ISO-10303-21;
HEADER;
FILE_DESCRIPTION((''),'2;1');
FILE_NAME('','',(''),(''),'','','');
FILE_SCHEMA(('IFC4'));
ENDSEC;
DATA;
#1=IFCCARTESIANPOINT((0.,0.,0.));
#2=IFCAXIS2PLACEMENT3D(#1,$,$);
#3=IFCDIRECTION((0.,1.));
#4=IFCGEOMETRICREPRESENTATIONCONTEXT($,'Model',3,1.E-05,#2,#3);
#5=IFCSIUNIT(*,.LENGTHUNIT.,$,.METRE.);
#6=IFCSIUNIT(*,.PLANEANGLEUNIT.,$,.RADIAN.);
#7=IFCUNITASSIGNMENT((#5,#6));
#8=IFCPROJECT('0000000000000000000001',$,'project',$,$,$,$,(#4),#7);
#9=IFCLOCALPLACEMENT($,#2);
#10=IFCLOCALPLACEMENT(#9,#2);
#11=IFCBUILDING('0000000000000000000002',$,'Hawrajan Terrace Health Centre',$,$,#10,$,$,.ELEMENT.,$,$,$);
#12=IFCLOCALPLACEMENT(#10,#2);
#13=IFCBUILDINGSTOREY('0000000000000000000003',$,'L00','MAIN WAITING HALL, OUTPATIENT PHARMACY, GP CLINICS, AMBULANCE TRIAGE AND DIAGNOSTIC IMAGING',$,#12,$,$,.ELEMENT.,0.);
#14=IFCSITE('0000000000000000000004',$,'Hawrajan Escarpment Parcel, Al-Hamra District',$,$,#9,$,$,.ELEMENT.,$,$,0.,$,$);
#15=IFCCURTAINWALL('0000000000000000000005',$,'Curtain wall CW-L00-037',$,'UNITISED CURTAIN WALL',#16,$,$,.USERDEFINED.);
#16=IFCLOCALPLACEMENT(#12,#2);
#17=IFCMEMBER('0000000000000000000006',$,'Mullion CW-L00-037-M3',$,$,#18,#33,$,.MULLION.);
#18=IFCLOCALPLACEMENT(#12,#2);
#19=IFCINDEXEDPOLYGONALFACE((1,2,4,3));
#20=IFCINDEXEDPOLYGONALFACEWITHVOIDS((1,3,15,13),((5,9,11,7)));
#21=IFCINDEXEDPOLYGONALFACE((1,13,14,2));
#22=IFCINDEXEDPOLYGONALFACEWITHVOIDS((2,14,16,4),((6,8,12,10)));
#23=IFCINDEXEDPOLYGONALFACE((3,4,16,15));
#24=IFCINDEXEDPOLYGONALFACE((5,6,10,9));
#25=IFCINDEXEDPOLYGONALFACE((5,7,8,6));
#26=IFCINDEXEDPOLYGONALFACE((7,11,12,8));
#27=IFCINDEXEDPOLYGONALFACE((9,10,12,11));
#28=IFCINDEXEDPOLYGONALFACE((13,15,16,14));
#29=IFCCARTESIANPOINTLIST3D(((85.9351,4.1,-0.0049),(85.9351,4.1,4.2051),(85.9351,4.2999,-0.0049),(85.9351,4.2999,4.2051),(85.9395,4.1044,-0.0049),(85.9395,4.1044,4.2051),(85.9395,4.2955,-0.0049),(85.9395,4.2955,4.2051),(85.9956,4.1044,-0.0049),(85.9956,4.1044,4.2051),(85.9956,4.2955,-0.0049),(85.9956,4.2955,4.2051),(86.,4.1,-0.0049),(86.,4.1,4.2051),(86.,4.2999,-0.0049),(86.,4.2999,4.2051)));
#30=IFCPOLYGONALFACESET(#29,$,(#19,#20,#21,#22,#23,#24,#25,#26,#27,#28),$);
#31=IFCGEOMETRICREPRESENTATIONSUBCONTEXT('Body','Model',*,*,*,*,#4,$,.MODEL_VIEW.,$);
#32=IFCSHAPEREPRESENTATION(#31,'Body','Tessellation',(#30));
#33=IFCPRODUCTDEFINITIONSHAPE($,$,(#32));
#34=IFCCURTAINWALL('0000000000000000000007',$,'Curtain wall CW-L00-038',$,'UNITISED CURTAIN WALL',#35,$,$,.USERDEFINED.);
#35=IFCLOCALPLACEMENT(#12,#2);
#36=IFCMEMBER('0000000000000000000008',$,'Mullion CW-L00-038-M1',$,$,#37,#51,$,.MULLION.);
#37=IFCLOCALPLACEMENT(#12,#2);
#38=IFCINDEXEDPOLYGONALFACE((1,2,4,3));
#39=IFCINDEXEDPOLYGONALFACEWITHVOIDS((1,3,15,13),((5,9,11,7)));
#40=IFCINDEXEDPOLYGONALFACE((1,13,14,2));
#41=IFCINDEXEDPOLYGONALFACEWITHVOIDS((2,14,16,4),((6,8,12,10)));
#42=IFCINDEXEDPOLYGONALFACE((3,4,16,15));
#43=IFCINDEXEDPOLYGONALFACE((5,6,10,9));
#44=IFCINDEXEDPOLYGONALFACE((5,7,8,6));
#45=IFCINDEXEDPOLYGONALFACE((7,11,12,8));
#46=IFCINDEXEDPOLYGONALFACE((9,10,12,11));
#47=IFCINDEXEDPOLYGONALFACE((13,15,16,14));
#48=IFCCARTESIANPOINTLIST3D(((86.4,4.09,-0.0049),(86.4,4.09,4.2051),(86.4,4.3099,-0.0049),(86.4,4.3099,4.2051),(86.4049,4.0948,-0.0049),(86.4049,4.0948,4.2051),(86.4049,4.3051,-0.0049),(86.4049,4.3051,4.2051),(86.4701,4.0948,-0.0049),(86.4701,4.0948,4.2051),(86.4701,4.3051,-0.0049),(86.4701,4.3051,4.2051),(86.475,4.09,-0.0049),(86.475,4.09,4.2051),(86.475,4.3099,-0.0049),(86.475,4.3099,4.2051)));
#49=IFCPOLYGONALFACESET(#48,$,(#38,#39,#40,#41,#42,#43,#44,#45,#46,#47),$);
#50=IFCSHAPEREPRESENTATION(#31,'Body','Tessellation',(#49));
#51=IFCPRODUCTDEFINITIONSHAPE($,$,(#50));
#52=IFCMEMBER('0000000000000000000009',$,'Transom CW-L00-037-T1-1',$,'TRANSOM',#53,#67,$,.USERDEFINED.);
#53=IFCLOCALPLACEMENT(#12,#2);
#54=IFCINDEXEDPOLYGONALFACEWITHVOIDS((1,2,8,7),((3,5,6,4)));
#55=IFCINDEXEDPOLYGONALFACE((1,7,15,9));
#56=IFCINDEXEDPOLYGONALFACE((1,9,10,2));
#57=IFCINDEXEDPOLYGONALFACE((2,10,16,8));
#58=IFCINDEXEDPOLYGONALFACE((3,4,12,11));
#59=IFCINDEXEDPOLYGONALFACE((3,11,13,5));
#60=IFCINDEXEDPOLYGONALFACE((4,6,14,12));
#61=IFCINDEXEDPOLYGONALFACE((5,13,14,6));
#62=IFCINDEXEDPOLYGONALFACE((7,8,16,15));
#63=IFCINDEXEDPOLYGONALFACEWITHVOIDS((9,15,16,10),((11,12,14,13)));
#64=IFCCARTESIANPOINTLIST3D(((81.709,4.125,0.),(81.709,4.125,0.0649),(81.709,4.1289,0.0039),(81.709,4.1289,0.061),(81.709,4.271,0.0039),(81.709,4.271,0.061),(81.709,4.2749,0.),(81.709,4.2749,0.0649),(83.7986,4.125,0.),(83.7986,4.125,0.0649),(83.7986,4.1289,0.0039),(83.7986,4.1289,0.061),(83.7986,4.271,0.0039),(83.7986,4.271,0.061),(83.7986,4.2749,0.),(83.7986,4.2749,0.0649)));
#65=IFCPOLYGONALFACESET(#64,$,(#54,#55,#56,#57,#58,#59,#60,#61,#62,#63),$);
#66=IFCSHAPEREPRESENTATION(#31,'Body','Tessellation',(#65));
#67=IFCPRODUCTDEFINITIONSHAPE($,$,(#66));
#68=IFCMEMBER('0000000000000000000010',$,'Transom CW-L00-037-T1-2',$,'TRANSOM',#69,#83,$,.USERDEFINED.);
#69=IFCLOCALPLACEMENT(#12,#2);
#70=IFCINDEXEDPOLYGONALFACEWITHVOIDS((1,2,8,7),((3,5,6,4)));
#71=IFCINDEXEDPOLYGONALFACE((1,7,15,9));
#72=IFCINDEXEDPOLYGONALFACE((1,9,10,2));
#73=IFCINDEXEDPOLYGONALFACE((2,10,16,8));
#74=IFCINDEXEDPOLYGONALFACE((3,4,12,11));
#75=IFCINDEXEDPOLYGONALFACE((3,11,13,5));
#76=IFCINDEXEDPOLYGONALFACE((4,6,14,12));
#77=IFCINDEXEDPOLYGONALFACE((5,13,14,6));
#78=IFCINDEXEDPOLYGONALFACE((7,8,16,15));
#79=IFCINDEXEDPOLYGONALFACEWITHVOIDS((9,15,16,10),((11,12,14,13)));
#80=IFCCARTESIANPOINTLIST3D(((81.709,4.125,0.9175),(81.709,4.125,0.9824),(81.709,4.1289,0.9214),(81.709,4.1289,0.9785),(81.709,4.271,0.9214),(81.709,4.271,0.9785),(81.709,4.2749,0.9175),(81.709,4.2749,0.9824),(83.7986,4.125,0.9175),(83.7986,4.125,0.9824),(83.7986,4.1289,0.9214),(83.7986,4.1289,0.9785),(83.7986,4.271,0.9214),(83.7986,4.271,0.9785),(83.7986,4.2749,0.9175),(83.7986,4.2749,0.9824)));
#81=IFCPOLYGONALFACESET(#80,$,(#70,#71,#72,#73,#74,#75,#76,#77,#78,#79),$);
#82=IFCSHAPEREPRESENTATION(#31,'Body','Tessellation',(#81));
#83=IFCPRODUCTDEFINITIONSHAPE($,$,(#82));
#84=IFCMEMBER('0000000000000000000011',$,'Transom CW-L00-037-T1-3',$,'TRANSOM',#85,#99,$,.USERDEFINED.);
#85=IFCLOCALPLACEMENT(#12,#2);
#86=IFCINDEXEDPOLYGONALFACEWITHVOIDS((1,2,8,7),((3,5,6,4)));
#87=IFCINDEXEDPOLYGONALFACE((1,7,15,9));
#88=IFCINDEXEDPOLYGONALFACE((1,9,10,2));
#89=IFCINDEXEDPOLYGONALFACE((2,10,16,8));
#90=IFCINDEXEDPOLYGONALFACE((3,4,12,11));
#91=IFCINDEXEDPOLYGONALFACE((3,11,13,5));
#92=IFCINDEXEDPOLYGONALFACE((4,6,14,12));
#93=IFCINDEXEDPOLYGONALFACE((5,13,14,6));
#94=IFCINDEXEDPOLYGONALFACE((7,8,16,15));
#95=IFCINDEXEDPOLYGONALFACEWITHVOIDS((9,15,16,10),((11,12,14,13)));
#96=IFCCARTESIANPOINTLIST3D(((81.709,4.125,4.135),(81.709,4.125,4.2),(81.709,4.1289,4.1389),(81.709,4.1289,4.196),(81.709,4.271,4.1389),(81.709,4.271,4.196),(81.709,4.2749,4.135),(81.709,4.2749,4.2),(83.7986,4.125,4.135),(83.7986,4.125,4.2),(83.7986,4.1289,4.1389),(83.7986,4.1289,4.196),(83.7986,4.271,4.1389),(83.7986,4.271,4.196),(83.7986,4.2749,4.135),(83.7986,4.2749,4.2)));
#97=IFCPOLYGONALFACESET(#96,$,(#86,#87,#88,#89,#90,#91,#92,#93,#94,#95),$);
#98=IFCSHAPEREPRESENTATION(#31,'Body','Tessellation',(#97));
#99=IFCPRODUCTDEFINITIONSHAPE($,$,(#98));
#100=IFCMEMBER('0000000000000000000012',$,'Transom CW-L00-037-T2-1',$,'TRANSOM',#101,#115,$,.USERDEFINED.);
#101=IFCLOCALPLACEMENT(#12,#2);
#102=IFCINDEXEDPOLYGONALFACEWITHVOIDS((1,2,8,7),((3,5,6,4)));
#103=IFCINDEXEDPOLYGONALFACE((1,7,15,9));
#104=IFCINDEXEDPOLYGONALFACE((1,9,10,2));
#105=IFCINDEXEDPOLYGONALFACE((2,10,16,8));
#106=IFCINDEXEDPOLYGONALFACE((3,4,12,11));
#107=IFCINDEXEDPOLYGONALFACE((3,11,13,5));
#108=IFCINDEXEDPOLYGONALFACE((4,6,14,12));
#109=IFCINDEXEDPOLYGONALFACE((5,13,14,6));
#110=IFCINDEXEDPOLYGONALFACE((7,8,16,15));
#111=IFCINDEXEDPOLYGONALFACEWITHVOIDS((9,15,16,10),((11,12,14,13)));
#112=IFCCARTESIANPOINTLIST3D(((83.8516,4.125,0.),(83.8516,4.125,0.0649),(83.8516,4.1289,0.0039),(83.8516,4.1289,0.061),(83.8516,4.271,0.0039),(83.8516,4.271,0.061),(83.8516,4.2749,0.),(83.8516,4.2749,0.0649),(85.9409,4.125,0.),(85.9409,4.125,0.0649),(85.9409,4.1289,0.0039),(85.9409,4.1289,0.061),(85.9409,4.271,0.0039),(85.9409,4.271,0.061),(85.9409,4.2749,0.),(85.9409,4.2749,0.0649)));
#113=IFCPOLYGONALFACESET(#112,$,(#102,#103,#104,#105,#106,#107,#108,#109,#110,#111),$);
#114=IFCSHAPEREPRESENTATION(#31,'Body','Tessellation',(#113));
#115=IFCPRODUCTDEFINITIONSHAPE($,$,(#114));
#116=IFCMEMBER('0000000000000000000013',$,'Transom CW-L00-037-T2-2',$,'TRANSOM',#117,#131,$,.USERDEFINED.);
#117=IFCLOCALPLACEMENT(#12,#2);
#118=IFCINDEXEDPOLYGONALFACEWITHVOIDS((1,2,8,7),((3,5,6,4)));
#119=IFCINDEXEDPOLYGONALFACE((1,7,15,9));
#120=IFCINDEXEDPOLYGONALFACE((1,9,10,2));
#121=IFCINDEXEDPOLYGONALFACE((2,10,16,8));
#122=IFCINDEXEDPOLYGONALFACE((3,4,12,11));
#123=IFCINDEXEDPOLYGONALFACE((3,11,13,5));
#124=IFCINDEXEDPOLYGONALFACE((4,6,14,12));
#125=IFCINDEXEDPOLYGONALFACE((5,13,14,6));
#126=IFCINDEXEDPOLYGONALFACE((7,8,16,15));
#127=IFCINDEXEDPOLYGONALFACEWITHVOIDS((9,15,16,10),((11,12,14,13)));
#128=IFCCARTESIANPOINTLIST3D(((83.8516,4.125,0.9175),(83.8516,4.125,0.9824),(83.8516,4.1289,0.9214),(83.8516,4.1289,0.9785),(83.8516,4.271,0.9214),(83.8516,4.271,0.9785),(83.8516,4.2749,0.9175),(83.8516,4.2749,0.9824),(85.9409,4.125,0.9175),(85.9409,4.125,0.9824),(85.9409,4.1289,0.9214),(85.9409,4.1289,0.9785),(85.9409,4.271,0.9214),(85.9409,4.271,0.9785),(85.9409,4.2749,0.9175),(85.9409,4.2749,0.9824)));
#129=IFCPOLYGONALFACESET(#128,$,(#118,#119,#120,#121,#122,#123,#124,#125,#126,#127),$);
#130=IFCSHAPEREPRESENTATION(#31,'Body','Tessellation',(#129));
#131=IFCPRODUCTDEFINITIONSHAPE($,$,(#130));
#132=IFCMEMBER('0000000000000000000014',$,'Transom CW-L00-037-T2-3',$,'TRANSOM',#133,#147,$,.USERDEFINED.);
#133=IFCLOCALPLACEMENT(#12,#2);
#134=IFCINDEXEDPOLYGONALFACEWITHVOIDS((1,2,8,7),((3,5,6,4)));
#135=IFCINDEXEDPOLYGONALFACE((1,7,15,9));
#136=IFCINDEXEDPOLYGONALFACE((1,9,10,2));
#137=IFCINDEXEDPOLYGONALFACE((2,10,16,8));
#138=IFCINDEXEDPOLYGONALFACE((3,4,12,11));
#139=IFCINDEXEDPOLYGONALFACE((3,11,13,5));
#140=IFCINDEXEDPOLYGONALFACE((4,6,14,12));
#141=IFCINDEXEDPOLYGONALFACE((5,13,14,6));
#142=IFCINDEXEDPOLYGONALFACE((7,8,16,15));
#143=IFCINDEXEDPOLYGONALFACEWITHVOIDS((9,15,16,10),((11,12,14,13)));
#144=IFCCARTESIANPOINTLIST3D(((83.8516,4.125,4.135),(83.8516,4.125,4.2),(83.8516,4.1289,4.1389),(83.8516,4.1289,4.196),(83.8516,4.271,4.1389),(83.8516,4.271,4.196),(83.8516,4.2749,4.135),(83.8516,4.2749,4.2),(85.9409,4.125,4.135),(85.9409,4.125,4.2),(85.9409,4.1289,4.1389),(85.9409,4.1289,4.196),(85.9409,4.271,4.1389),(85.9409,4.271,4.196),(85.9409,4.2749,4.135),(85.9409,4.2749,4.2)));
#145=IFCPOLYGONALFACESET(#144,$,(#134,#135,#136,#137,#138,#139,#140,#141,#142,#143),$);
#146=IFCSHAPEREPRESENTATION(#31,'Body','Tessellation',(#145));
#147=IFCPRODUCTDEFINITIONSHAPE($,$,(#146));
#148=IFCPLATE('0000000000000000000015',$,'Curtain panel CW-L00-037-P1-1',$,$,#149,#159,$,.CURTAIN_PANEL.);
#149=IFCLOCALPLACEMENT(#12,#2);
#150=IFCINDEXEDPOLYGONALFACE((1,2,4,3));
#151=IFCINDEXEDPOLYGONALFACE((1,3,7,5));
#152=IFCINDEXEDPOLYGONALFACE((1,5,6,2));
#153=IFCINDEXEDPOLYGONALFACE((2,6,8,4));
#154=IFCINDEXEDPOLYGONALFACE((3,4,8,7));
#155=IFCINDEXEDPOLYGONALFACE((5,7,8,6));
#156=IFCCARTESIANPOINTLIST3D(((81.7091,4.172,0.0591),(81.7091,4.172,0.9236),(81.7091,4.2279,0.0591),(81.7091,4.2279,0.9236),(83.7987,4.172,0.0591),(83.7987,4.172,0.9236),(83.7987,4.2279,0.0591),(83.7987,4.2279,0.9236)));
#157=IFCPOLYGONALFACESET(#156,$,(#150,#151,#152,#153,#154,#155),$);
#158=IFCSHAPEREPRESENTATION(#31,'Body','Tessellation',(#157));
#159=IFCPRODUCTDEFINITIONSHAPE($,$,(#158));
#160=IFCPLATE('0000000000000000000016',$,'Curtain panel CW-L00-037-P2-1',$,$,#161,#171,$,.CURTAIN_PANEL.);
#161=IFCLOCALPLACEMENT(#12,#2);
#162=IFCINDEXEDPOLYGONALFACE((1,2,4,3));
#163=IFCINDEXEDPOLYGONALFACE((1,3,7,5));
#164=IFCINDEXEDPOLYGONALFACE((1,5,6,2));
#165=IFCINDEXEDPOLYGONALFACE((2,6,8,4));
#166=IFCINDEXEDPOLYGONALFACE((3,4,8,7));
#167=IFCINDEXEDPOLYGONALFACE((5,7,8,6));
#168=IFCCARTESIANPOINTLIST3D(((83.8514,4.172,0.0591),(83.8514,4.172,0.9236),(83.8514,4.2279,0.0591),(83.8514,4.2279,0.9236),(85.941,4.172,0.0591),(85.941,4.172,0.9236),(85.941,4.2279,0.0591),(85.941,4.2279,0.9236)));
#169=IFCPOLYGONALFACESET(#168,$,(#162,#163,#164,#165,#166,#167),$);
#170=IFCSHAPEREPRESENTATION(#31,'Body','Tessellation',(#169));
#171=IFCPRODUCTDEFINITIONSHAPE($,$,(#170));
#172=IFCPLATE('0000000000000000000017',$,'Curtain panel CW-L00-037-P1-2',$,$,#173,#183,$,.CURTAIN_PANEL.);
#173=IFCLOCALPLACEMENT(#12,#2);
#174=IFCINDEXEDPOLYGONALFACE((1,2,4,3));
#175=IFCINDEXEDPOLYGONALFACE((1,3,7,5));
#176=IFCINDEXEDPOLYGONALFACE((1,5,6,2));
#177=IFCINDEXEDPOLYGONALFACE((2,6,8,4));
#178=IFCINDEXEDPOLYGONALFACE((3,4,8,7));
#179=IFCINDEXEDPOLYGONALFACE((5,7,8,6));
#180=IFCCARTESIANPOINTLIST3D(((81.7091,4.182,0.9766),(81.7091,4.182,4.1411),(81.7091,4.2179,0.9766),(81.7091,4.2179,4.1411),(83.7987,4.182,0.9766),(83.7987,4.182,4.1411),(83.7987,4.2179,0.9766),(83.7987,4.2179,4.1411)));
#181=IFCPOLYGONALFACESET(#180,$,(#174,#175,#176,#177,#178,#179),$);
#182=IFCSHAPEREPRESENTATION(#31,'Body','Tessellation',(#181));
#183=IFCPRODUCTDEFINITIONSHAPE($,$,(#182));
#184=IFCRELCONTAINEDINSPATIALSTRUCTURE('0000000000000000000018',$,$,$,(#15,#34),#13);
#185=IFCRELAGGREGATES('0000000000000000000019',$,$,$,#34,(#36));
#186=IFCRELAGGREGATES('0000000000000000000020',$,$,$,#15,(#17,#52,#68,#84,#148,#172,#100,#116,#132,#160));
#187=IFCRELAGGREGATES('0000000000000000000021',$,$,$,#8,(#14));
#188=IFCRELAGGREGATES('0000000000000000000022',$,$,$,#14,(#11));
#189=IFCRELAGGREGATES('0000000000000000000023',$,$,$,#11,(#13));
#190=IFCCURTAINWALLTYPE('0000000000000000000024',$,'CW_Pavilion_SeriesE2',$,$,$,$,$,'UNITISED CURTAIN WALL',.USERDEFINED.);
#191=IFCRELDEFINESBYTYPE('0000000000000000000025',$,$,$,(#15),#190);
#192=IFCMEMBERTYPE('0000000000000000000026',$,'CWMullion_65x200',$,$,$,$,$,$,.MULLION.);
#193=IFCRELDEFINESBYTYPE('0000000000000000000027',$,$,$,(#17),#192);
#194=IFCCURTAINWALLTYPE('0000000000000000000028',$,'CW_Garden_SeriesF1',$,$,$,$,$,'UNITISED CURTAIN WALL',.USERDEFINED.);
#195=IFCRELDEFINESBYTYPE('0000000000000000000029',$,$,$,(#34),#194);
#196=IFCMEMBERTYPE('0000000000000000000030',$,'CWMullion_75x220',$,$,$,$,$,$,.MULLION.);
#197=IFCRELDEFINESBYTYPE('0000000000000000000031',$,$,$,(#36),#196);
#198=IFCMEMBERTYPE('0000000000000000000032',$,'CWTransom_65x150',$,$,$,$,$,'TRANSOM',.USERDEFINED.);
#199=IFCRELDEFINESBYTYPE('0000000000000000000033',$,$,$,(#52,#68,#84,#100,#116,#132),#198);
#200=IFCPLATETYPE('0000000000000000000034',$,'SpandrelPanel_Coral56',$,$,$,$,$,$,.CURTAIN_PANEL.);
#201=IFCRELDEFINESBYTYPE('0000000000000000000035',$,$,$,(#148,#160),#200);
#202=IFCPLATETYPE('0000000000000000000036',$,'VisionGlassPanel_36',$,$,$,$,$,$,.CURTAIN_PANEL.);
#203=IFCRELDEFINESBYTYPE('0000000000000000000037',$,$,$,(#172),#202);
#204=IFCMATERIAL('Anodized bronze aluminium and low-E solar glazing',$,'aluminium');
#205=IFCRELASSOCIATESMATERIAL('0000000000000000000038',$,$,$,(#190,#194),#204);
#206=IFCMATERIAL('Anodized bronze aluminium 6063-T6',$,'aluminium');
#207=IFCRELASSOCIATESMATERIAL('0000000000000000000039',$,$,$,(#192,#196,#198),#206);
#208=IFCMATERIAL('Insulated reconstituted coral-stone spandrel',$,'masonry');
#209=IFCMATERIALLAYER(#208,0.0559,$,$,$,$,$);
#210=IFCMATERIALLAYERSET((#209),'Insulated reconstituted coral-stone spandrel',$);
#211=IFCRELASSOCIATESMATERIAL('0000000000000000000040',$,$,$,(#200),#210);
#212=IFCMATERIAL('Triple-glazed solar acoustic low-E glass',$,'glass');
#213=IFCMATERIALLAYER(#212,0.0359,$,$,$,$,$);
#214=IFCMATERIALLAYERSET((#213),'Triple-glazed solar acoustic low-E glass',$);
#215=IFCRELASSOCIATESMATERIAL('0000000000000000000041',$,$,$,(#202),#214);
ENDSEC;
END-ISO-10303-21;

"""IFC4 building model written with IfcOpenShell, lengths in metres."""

from ifc_helpers import new_model, si_unit, direction, frame, origin, origin_2d, place, context, subcontext, project, spatial, rectangle, hollow_rectangle, extrude, material, layer, layer_set, material_profile, profile_set, type_object, element, aggregate, save


model = new_model("IFC4")

# Units and contexts
model_context = context("Model", 3, precision=1e-05, world=origin(), true_north=direction((0.0, 1.0)))
body_context = subcontext(model_context, "Body", "Model", "MODEL_VIEW")
ifc_project = project(units=[si_unit("LENGTHUNIT", "METRE"), si_unit("PLANEANGLEUNIT", "RADIAN")], contexts=[model_context])

# Site, building, storey
site_placement = place(None, origin())
site = spatial("IfcSite", under=ifc_project, at=site_placement, Name="Hawrajan Escarpment Parcel, Al-Hamra District", CompositionType="ELEMENT", RefElevation=0.0)
building_placement = place(site_placement, origin())
building = spatial("IfcBuilding", under=site, at=building_placement, Name="Hawrajan Terrace Health Centre", CompositionType="ELEMENT")
storey_placement = place(building_placement, origin())
storey = spatial("IfcBuildingStorey", under=building, at=storey_placement, Name="L00", Description="MAIN WAITING HALL, OUTPATIENT PHARMACY, GP CLINICS, AMBULANCE TRIAGE AND DIAGNOSTIC IMAGING", CompositionType="ELEMENT", Elevation=0.0)

# Curtain wall, member
ifc_material_1 = material(Name="Anodized bronze aluminium and low-E solar glazing", Category="aluminium")
curtain_wall_type_1 = type_object("IfcCurtainWallType", Name="CW_Pavilion_SeriesE2", ElementType="UNITISED CURTAIN WALL", PredefinedType="USERDEFINED", material=ifc_material_1)
curtain_wall_1_placement = place(storey_placement, origin())
curtain_wall_1 = element("IfcCurtainWall", 1, at=curtain_wall_1_placement, inside=storey, type_object=curtain_wall_type_1, Name="Curtain wall CW-L00-037", ObjectType="UNITISED CURTAIN WALL", PredefinedType="USERDEFINED")
ifc_material_2 = material(Name="Anodized bronze aluminium 6063-T6", Category="aluminium")
ifc_material_profile_1 = material_profile(ifc_material_2, hollow_rectangle(XDim=0.0649, YDim=0.2, WallThickness=0.0044, at=origin_2d()), Name="CW MUL 65x200")
ifc_profile_set_1 = profile_set([ifc_material_profile_1], Name="Anodized bronze aluminium 6063-T6")
member_type_1 = type_object("IfcMemberType", Name="CWMullion_65x200", PredefinedType="MULLION", material=ifc_profile_set_1)
member_1_placement = place(storey_placement, frame((85.9675, 4.2, -0.0049), z_axis=(0.0, 0.0, 1.0), x_axis=(1.0, 0.0, 0.0)))
member_1 = element("IfcMember", 2, at=member_1_placement, type_object=member_type_1, Name="Mullion CW-L00-037-M3", PredefinedType="MULLION", context=body_context, shape_type="SweptSolid", body=[
    extrude(hollow_rectangle(XDim=0.0649, YDim=0.2, WallThickness=0.0044, at=origin_2d()), origin(), (0.0, 0.0, 1.0), 4.21),
])

# Curtain wall, member
curtain_wall_type_2 = type_object("IfcCurtainWallType", Name="CW_Garden_SeriesF1", ElementType="UNITISED CURTAIN WALL", PredefinedType="USERDEFINED", material=ifc_material_1)
curtain_wall_2_placement = place(storey_placement, origin())
curtain_wall_2 = element("IfcCurtainWall", 3, at=curtain_wall_2_placement, inside=storey, type_object=curtain_wall_type_2, Name="Curtain wall CW-L00-038", ObjectType="UNITISED CURTAIN WALL", PredefinedType="USERDEFINED")
ifc_material_profile_2 = material_profile(ifc_material_2, hollow_rectangle(XDim=0.075, YDim=0.22, WallThickness=0.0049, at=origin_2d()), Name="CW MUL 75x220")
ifc_profile_set_2 = profile_set([ifc_material_profile_2], Name="Anodized bronze aluminium 6063-T6")
member_type_2 = type_object("IfcMemberType", Name="CWMullion_75x220", PredefinedType="MULLION", material=ifc_profile_set_2)
member_2_placement = place(storey_placement, frame((86.4375, 4.2, -0.0049), z_axis=(0.0, 0.0, 1.0), x_axis=(1.0, 0.0, 0.0)))
member_2 = element("IfcMember", 4, at=member_2_placement, type_object=member_type_2, Name="Mullion CW-L00-038-M1", PredefinedType="MULLION", context=body_context, shape_type="SweptSolid", body=[
    extrude(hollow_rectangle(XDim=0.075, YDim=0.22, WallThickness=0.0049, at=origin_2d()), origin(), (0.0, 0.0, 1.0), 4.21),
])
aggregate(curtain_wall_2, [member_2])

# Members
ifc_material_profile_3 = material_profile(ifc_material_2, hollow_rectangle(XDim=0.0649, YDim=0.1499, WallThickness=0.0039, at=origin_2d()), Name="CW TRN 65x150")
ifc_profile_set_3 = profile_set([ifc_material_profile_3], Name="Anodized bronze aluminium 6063-T6")
member_type_3 = type_object("IfcMemberType", Name="CWTransom_65x150", ElementType="TRANSOM", PredefinedType="USERDEFINED", material=ifc_profile_set_3)
member_3_placement = place(storey_placement, frame((81.709, 4.2, 0.0325), z_axis=(1.0, 0.0, 0.0), x_axis=(0.0, 0.0, 1.0)))
member_3 = element("IfcMember", 5, at=member_3_placement, type_object=member_type_3, Name="Transom CW-L00-037-T1-1", ObjectType="TRANSOM", PredefinedType="USERDEFINED", context=body_context, shape_type="SweptSolid", body=[
    extrude(hollow_rectangle(XDim=0.0649, YDim=0.1499, WallThickness=0.0039, at=origin_2d()), origin(), (0.0, 0.0, 1.0), 2.0896),
])
member_4_placement = place(storey_placement, frame((81.709, 4.2, 0.95), z_axis=(1.0, 0.0, 0.0), x_axis=(0.0, 0.0, 1.0)))
member_4 = element("IfcMember", 6, at=member_4_placement, type_object=member_type_3, Name="Transom CW-L00-037-T1-2", ObjectType="TRANSOM", PredefinedType="USERDEFINED", context=body_context, shape_type="SweptSolid", body=[
    extrude(hollow_rectangle(XDim=0.0649, YDim=0.1499, WallThickness=0.0039, at=origin_2d()), origin(), (0.0, 0.0, 1.0), 2.0896),
])
member_5_placement = place(storey_placement, frame((81.709, 4.2, 4.1675), z_axis=(1.0, 0.0, 0.0), x_axis=(0.0, 0.0, 1.0)))
member_5 = element("IfcMember", 7, at=member_5_placement, type_object=member_type_3, Name="Transom CW-L00-037-T1-3", ObjectType="TRANSOM", PredefinedType="USERDEFINED", context=body_context, shape_type="SweptSolid", body=[
    extrude(hollow_rectangle(XDim=0.0649, YDim=0.1499, WallThickness=0.0039, at=origin_2d()), origin(), (0.0, 0.0, 1.0), 2.0896),
])
member_6_placement = place(storey_placement, frame((83.8516, 4.2, 0.0325), z_axis=(1.0, 0.0, 0.0), x_axis=(0.0, 0.0, 1.0)))
member_6 = element("IfcMember", 8, at=member_6_placement, type_object=member_type_3, Name="Transom CW-L00-037-T2-1", ObjectType="TRANSOM", PredefinedType="USERDEFINED", context=body_context, shape_type="SweptSolid", body=[
    extrude(hollow_rectangle(XDim=0.0649, YDim=0.1499, WallThickness=0.0039, at=origin_2d()), origin(), (0.0, 0.0, 1.0), 2.0894),
])
member_7_placement = place(storey_placement, frame((83.8516, 4.2, 0.95), z_axis=(1.0, 0.0, 0.0), x_axis=(0.0, 0.0, 1.0)))
member_7 = element("IfcMember", 9, at=member_7_placement, type_object=member_type_3, Name="Transom CW-L00-037-T2-2", ObjectType="TRANSOM", PredefinedType="USERDEFINED", context=body_context, shape_type="SweptSolid", body=[
    extrude(hollow_rectangle(XDim=0.0649, YDim=0.1499, WallThickness=0.0039, at=origin_2d()), origin(), (0.0, 0.0, 1.0), 2.0894),
])
member_8_placement = place(storey_placement, frame((83.8516, 4.2, 4.1675), z_axis=(1.0, 0.0, 0.0), x_axis=(0.0, 0.0, 1.0)))
member_8 = element("IfcMember", 10, at=member_8_placement, type_object=member_type_3, Name="Transom CW-L00-037-T2-3", ObjectType="TRANSOM", PredefinedType="USERDEFINED", context=body_context, shape_type="SweptSolid", body=[
    extrude(hollow_rectangle(XDim=0.0649, YDim=0.1499, WallThickness=0.0039, at=origin_2d()), origin(), (0.0, 0.0, 1.0), 2.0894),
])

# Plates
ifc_material_3 = material(Name="Insulated reconstituted coral-stone spandrel", Category="masonry")
ifc_layer_1 = layer(ifc_material_3, 0.0559)
ifc_layer_set_1 = layer_set([ifc_layer_1], Name="Insulated reconstituted coral-stone spandrel")
plate_type_1 = type_object("IfcPlateType", Name="SpandrelPanel_Coral56", PredefinedType="CURTAIN_PANEL", material=ifc_layer_set_1)
plate_1_placement = place(storey_placement, frame((82.7539, 4.2, 0.0591), z_axis=(0.0, 0.0, 1.0), x_axis=(1.0, 0.0, 0.0)))
plate_1 = element("IfcPlate", 11, at=plate_1_placement, type_object=plate_type_1, Name="Curtain panel CW-L00-037-P1-1", PredefinedType="CURTAIN_PANEL", context=body_context, shape_type="SweptSolid", body=[
    extrude(rectangle(XDim=2.0896, YDim=0.0559, at=origin_2d()), origin(), (0.0, 0.0, 1.0), 0.8645),
])
plate_2_placement = place(storey_placement, frame((84.8962, 4.2, 0.0591), z_axis=(0.0, 0.0, 1.0), x_axis=(1.0, 0.0, 0.0)))
plate_2 = element("IfcPlate", 12, at=plate_2_placement, type_object=plate_type_1, Name="Curtain panel CW-L00-037-P2-1", PredefinedType="CURTAIN_PANEL", context=body_context, shape_type="SweptSolid", body=[
    extrude(rectangle(XDim=2.0896, YDim=0.0559, at=origin_2d()), origin(), (0.0, 0.0, 1.0), 0.8645),
])
ifc_material_4 = material(Name="Triple-glazed solar acoustic low-E glass", Category="glass")
ifc_layer_2 = layer(ifc_material_4, 0.0359)
ifc_layer_set_2 = layer_set([ifc_layer_2], Name="Triple-glazed solar acoustic low-E glass")
plate_type_2 = type_object("IfcPlateType", Name="VisionGlassPanel_36", PredefinedType="CURTAIN_PANEL", material=ifc_layer_set_2)
plate_3_placement = place(storey_placement, frame((82.7539, 4.2, 0.9766), z_axis=(0.0, 0.0, 1.0), x_axis=(1.0, 0.0, 0.0)))
plate_3 = element("IfcPlate", 13, at=plate_3_placement, type_object=plate_type_2, Name="Curtain panel CW-L00-037-P1-2", PredefinedType="CURTAIN_PANEL", context=body_context, shape_type="SweptSolid", body=[
    extrude(rectangle(XDim=2.0896, YDim=0.0359, at=origin_2d()), origin(), (0.0, 0.0, 1.0), 3.1646),
])
aggregate(curtain_wall_1, [member_1, member_3, member_4, member_5, plate_1, plate_3, member_6, member_7, member_8, plate_2])

save(model, "model.ifc")
